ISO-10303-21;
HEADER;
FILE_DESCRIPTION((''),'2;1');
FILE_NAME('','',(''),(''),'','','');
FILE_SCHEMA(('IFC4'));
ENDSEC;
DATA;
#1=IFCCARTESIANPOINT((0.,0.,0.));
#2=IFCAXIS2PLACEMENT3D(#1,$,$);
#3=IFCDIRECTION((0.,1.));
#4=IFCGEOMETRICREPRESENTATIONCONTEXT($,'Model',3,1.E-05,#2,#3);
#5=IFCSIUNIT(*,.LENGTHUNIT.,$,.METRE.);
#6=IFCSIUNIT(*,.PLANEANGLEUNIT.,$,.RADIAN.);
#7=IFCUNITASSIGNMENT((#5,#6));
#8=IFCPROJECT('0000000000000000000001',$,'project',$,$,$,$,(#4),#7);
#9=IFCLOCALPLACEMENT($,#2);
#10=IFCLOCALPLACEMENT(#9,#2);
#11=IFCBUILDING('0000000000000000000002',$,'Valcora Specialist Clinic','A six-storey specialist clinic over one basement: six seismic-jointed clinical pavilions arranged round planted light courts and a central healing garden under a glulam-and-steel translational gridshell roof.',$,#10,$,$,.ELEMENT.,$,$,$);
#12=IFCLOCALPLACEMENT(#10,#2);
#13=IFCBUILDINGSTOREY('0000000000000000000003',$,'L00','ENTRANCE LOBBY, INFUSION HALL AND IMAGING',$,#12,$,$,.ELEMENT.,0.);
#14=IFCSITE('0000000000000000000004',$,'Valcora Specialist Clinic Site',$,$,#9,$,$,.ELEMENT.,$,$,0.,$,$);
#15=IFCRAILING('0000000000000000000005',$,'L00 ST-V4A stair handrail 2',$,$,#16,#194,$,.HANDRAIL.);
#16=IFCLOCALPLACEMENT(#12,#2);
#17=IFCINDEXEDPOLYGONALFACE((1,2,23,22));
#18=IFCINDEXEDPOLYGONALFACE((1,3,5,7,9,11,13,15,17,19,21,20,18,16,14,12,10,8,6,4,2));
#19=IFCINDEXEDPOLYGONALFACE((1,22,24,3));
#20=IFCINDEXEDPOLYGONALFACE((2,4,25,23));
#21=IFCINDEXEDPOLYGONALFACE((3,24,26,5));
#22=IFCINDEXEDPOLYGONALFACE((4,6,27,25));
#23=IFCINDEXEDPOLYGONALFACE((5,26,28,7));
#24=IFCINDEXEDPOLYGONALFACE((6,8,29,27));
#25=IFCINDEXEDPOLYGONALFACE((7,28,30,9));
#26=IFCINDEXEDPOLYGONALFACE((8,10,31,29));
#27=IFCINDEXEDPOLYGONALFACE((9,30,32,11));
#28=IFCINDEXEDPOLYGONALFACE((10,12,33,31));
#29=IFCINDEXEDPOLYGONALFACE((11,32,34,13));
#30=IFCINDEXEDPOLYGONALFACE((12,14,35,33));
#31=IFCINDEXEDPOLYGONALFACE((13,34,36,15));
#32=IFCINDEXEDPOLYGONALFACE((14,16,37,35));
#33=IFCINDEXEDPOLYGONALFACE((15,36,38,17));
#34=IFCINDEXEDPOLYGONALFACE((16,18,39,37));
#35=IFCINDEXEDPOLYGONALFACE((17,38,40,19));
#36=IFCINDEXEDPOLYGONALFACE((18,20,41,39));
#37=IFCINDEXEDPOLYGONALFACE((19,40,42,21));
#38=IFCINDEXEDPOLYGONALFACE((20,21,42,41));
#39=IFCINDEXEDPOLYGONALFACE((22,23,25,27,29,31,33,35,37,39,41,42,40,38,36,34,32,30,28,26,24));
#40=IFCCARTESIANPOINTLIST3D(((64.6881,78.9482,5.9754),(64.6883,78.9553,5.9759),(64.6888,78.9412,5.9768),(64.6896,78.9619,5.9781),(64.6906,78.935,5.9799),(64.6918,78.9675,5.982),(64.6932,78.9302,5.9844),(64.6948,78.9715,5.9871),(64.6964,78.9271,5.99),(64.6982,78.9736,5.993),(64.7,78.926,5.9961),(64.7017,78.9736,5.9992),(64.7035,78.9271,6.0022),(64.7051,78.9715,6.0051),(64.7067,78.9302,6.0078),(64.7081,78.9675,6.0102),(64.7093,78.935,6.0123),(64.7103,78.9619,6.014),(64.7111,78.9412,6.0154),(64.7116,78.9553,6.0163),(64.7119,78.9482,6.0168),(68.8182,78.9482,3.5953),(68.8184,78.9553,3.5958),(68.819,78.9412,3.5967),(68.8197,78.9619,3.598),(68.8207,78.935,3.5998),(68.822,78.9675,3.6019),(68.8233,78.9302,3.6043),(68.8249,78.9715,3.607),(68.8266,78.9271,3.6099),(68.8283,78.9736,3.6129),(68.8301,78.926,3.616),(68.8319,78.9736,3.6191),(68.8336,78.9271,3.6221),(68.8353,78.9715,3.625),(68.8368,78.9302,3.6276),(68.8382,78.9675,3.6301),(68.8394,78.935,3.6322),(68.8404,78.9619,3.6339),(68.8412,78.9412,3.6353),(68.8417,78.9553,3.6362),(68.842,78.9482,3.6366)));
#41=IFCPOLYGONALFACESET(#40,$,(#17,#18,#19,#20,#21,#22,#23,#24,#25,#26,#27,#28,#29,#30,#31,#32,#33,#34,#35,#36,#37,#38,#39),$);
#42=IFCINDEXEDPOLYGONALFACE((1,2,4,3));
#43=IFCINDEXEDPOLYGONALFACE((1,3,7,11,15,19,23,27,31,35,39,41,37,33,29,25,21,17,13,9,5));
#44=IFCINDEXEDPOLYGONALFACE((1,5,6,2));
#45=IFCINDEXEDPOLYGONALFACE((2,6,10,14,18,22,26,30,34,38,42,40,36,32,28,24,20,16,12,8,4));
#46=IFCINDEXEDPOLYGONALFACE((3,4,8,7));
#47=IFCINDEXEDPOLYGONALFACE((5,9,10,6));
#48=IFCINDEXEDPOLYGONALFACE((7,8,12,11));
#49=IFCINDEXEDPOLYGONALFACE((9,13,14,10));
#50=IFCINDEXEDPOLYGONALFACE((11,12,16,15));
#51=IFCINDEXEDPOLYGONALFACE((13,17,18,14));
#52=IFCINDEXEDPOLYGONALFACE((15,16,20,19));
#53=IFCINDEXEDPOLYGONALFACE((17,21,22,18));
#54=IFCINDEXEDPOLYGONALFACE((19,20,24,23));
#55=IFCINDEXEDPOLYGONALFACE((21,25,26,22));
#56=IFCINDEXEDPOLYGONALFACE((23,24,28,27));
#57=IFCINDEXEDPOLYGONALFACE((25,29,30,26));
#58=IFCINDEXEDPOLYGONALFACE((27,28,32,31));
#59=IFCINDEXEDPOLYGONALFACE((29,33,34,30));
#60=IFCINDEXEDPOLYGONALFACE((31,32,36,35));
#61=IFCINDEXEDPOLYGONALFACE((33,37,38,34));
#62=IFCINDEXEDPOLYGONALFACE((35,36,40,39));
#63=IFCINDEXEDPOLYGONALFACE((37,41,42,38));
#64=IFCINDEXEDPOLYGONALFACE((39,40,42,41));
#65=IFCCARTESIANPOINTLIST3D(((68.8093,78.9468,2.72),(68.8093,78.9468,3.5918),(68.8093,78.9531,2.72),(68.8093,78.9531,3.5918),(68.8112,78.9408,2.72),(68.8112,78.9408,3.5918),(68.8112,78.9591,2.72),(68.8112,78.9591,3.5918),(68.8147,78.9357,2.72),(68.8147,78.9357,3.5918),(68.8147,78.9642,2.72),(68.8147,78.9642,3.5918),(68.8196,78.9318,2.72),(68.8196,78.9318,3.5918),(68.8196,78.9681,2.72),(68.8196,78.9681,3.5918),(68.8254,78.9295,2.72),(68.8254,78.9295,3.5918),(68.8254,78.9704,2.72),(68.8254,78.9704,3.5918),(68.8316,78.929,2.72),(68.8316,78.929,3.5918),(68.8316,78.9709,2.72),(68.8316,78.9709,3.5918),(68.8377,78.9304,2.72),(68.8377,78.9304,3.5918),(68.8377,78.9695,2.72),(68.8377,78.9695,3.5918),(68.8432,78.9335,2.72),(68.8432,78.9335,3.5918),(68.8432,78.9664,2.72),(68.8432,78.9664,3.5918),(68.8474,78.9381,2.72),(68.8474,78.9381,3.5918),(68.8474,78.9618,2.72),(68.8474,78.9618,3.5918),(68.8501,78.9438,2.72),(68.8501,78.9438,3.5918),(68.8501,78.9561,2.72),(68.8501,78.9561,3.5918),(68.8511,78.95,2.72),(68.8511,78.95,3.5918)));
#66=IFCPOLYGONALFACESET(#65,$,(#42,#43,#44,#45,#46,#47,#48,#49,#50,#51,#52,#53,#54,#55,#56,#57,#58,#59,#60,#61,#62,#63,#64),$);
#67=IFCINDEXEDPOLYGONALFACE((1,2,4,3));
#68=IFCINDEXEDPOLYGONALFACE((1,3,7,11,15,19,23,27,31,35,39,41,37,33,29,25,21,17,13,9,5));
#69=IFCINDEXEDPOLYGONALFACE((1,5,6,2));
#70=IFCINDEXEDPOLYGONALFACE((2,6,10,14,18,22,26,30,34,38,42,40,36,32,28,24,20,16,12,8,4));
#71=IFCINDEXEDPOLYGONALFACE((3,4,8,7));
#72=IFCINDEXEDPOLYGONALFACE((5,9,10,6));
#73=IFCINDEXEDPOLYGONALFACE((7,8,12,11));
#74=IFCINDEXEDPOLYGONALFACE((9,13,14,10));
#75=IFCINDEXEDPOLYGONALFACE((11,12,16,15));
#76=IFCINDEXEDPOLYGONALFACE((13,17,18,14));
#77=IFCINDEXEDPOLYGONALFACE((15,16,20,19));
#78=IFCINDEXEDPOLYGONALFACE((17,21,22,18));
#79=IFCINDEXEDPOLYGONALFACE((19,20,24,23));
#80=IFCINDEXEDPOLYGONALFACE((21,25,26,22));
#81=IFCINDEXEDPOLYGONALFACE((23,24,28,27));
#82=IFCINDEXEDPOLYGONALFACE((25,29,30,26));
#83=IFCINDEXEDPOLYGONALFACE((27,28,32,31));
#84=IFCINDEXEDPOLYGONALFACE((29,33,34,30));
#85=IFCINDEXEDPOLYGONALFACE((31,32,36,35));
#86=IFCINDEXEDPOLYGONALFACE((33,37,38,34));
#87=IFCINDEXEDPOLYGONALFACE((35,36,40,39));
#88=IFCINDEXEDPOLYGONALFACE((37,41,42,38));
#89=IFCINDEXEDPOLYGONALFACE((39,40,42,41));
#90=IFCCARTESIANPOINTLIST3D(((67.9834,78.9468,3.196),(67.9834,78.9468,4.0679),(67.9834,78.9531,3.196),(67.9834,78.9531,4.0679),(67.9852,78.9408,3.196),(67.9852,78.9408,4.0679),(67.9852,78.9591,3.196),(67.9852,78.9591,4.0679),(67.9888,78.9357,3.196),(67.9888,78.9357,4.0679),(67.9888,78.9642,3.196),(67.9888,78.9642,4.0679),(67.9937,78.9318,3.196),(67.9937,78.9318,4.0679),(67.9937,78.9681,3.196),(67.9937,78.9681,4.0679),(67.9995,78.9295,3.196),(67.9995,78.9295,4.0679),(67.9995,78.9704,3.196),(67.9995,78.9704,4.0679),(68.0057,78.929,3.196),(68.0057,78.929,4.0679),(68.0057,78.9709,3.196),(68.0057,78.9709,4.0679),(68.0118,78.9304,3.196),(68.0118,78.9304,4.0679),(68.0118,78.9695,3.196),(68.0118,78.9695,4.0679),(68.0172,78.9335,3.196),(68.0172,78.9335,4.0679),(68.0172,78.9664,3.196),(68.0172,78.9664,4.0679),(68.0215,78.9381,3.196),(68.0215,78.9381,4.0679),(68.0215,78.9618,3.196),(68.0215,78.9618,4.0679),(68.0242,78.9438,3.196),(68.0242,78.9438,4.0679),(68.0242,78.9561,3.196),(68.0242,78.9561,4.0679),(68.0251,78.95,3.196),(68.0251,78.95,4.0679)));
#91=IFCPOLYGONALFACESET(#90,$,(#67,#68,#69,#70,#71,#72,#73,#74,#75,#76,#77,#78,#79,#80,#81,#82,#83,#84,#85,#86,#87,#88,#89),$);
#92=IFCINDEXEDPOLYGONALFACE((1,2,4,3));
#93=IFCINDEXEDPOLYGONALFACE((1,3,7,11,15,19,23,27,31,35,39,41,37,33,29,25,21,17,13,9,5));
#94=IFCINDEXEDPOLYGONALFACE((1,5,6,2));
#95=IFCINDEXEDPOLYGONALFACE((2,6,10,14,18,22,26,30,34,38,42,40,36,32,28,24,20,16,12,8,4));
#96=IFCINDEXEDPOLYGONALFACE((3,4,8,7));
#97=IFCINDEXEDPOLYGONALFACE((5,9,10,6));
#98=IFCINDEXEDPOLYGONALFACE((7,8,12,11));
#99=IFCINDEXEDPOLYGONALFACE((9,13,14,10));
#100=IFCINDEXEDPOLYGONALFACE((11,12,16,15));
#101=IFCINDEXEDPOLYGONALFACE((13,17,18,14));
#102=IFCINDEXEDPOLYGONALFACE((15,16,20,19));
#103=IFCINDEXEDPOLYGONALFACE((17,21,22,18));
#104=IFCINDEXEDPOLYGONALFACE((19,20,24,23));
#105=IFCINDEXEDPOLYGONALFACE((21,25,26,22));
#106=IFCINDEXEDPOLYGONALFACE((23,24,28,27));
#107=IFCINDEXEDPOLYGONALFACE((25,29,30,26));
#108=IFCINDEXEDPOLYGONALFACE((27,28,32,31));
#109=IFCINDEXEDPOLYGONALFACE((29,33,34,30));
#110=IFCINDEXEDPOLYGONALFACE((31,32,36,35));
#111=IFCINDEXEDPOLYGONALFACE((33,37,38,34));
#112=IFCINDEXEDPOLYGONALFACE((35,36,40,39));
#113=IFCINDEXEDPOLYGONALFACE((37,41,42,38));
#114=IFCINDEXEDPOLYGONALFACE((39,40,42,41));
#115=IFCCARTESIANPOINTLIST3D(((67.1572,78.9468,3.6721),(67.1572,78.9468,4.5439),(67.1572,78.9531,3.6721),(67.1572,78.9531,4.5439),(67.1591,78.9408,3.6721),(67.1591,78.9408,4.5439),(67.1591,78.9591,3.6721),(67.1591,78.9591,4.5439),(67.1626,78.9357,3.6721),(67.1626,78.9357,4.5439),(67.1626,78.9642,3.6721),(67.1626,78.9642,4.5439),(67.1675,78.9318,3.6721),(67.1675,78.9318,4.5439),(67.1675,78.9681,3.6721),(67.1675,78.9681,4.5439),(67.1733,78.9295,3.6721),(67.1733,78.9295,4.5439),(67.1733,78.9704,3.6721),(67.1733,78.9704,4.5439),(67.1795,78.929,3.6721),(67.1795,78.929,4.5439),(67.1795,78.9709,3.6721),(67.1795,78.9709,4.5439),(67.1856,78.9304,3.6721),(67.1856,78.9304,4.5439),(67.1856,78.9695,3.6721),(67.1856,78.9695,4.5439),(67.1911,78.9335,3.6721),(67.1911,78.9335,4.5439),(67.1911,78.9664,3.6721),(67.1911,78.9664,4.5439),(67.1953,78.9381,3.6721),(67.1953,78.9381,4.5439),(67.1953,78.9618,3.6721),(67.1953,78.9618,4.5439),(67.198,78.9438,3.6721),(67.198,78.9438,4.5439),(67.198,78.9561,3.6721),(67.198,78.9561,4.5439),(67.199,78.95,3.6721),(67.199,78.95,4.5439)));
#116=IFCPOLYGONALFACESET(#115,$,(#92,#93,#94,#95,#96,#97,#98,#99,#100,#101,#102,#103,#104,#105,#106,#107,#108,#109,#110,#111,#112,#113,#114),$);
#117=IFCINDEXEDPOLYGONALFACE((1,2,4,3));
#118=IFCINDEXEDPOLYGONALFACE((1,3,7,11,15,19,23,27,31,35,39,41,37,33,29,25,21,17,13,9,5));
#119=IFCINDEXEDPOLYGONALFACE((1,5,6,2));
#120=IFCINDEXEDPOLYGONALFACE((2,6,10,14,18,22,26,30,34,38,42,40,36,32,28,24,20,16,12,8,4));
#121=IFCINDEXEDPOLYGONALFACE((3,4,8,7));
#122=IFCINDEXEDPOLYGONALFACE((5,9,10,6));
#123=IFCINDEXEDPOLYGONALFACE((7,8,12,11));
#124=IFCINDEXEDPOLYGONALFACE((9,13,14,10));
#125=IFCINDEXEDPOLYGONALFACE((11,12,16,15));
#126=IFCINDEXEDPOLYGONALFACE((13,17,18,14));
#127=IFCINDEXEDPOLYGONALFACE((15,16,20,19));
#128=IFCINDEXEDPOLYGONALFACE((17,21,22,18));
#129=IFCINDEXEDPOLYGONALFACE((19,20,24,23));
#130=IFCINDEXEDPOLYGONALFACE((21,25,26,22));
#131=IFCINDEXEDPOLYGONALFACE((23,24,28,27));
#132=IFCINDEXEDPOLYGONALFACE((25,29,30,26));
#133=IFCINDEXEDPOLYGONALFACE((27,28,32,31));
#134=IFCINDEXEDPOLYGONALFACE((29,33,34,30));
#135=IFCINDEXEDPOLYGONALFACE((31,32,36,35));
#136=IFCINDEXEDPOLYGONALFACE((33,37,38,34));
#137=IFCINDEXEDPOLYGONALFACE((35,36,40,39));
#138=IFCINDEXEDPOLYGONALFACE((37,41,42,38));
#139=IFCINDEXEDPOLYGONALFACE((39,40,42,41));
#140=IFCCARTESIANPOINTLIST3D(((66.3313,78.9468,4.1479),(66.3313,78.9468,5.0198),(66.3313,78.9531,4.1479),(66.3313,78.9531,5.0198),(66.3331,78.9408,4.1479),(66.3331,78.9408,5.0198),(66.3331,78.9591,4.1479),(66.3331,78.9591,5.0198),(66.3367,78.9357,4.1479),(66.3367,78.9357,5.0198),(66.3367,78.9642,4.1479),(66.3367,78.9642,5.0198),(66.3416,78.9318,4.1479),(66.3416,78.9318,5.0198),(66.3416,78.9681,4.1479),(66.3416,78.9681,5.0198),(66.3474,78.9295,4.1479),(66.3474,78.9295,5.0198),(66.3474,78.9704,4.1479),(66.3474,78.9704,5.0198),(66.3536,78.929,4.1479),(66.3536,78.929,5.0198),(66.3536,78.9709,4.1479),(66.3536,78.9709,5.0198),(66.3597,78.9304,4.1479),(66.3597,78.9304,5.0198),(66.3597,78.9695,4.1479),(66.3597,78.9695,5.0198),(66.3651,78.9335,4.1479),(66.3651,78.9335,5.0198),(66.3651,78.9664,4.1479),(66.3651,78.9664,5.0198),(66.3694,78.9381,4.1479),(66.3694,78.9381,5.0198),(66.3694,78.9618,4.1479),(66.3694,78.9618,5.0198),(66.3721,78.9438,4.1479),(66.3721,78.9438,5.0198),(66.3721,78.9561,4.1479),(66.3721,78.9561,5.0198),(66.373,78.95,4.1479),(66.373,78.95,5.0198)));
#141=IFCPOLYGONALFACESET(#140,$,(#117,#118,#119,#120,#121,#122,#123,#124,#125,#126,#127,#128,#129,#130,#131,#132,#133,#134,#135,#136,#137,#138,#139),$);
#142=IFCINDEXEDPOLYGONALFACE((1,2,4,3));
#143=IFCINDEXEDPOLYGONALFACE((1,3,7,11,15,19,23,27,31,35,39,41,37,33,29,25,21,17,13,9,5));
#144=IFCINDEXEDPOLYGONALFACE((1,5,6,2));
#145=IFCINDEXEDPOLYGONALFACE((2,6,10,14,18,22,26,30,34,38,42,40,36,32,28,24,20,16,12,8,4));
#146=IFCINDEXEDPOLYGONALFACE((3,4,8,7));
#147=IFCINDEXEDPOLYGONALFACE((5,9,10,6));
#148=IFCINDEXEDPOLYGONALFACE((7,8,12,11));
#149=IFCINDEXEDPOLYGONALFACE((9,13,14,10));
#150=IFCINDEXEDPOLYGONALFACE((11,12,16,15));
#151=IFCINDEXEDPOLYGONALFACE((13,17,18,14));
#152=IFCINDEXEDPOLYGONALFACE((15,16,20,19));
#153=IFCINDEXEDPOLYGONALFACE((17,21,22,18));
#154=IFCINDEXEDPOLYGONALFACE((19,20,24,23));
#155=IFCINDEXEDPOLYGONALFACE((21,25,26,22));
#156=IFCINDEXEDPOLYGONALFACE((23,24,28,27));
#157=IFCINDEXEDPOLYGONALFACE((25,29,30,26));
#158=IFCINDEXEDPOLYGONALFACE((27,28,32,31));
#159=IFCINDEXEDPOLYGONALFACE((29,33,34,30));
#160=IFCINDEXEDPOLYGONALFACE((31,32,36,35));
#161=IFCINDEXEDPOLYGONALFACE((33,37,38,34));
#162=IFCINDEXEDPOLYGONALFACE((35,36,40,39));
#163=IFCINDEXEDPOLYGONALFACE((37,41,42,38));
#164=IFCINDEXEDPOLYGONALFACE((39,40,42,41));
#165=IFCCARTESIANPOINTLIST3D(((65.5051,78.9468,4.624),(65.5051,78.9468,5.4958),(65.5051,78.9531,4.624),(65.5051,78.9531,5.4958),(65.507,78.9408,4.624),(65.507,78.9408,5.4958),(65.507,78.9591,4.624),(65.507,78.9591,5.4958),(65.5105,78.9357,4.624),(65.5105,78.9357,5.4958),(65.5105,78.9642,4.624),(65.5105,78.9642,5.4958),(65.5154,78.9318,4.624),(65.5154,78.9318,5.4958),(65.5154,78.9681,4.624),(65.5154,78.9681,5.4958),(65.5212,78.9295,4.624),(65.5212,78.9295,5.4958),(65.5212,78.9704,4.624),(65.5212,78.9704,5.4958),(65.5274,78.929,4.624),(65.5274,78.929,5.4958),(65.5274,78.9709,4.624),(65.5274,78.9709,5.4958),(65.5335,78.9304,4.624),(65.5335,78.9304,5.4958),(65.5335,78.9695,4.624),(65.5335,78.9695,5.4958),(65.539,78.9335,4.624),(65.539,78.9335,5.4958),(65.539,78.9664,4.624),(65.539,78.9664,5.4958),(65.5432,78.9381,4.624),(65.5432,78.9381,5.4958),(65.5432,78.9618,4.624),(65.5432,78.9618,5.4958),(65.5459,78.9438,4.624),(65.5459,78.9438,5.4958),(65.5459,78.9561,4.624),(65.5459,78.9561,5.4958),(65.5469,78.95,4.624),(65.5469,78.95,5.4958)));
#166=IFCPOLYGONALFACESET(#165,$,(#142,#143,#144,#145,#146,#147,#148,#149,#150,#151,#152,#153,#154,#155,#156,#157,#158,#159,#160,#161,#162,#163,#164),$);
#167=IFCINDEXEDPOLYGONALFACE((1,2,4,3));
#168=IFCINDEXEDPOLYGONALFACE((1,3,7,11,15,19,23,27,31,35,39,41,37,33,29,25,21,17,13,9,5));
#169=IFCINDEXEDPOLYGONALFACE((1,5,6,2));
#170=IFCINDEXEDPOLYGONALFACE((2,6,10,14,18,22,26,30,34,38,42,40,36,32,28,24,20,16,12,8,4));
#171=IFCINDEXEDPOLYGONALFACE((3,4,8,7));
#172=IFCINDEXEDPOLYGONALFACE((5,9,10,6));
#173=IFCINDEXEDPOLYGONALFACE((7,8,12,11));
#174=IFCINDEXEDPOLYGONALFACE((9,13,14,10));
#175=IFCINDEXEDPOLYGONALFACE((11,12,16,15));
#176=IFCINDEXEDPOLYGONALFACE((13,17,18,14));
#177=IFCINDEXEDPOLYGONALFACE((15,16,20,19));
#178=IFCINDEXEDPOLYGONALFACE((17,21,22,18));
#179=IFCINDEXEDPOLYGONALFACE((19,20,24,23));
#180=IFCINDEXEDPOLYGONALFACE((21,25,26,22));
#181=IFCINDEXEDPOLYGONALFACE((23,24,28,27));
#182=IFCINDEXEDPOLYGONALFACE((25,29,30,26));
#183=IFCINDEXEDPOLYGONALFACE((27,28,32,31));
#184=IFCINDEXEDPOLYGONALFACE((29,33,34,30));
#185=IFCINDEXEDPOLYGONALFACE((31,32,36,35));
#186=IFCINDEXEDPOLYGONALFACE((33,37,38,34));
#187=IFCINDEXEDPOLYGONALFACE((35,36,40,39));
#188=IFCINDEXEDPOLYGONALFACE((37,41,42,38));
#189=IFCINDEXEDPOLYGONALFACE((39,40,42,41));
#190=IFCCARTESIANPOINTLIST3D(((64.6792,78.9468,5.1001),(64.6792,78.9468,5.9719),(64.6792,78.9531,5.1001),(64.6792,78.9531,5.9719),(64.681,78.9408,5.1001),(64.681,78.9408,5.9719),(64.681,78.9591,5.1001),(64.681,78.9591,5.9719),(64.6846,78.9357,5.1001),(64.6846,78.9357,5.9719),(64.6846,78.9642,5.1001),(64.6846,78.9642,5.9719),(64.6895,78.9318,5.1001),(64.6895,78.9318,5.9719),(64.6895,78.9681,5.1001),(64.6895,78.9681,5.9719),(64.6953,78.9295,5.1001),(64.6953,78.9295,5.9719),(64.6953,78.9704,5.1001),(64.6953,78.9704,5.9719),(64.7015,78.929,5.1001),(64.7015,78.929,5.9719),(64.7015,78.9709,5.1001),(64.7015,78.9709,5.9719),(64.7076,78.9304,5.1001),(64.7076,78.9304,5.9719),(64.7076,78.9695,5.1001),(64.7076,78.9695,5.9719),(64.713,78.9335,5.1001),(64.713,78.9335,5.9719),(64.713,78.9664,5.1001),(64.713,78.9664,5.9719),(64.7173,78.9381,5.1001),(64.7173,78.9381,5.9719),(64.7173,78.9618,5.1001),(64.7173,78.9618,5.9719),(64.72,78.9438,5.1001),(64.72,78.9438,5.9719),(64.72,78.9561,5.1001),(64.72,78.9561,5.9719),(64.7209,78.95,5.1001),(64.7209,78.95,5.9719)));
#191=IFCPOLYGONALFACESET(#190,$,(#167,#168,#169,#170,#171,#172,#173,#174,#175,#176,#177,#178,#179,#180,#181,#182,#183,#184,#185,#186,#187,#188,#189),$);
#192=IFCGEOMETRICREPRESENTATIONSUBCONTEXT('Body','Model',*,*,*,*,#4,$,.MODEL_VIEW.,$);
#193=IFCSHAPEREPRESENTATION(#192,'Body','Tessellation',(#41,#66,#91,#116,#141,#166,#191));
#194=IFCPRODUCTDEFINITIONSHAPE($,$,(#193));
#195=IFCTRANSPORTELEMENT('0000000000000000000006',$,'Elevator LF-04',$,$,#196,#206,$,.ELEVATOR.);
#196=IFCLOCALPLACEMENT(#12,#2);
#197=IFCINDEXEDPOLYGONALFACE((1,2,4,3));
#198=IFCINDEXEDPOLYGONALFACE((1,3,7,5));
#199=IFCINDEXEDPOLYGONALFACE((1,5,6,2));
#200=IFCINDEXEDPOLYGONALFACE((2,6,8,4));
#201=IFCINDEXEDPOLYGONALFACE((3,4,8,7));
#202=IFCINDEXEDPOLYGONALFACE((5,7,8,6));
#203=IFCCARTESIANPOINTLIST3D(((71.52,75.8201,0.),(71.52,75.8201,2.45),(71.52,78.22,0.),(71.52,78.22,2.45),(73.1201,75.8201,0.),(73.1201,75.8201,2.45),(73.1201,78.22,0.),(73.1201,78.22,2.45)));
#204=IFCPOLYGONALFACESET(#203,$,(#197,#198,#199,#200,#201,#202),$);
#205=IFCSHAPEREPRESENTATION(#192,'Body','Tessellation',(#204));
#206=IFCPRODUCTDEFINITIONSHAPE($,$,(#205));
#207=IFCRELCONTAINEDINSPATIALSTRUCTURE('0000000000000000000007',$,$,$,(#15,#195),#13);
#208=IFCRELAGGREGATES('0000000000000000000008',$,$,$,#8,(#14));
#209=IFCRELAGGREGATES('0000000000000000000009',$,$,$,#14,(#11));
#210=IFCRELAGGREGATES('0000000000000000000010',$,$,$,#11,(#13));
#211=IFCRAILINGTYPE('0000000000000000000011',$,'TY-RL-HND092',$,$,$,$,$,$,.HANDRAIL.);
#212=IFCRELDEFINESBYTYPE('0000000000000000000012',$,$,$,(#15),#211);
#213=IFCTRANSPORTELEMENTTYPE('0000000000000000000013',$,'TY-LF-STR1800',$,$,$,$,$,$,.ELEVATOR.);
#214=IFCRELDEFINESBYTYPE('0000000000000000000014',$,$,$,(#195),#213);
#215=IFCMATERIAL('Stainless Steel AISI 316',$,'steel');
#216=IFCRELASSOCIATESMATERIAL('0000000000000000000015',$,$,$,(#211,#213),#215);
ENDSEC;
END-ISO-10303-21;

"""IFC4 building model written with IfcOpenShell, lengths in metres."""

from ifc_helpers import new_model, si_unit, direction, frame, origin, origin_2d, place, context, subcontext, project, spatial, rectangle, circle, extrude, material, type_object, element, save


model = new_model("IFC4")

# Units and contexts
model_context = context("Model", 3, precision=1e-05, world=origin(), true_north=direction((0.0, 1.0)))
body_context = subcontext(model_context, "Body", "Model", "MODEL_VIEW")
ifc_project = project(units=[si_unit("LENGTHUNIT", "METRE"), si_unit("PLANEANGLEUNIT", "RADIAN")], contexts=[model_context])

# Site, building, storey
site_placement = place(None, origin())
site = spatial("IfcSite", under=ifc_project, at=site_placement, Name="Valcora Specialist Clinic Site", CompositionType="ELEMENT", RefElevation=0.0)
building_placement = place(site_placement, origin())
building = spatial("IfcBuilding", under=site, at=building_placement, Name="Valcora Specialist Clinic", Description="A six-storey specialist clinic over one basement: six seismic-jointed clinical pavilions arranged round planted light courts and a central healing garden under a glulam-and-steel translational gridshell roof.", CompositionType="ELEMENT")
storey_placement = place(building_placement, origin())
storey = spatial("IfcBuildingStorey", under=building, at=storey_placement, Name="L00", Description="ENTRANCE LOBBY, INFUSION HALL AND IMAGING", CompositionType="ELEMENT", Elevation=0.0)

# Shared definitions
ifc_material_1 = material(Name="Stainless Steel AISI 316", Category="steel")

# Railing
railing_type_1 = type_object("IfcRailingType", Name="TY-RL-HND092", PredefinedType="HANDRAIL", material=ifc_material_1)
railing_1_placement = place(storey_placement, frame((68.8301, 78.95, 2.72)))
element("IfcRailing", 1, at=railing_1_placement, inside=storey, type_object=railing_type_1, Name="L00 ST-V4A stair handrail 2", PredefinedType="HANDRAIL", context=body_context, shape_type="SweptSolid", body=[
    extrude(circle(Radius=0.0239, at=origin_2d()), frame((0.0, 0.0, 0.896), z_axis=(-0.866425, 0.0, 0.499307), x_axis=(0.0, -1.0, 0.0)), (0.0, 0.0, 1.0), 4.7668),
    extrude(circle(Radius=0.021, at=origin_2d()), origin(), (0.0, 0.0, 1.0), 0.8718),
    extrude(circle(Radius=0.021, at=origin_2d()), frame((-0.8259, 0.0, 0.4761)), (0.0, 0.0, 1.0), 0.8718),
    extrude(circle(Radius=0.021, at=origin_2d()), frame((-1.6521, 0.0, 0.9521)), (0.0, 0.0, 1.0), 0.8718),
    extrude(circle(Radius=0.021, at=origin_2d()), frame((-2.478, 0.0, 1.428)), (0.0, 0.0, 1.0), 0.8718),
    extrude(circle(Radius=0.021, at=origin_2d()), frame((-3.3042, 0.0, 1.9041)), (0.0, 0.0, 1.0), 0.8718),
    extrude(circle(Radius=0.021, at=origin_2d()), frame((-4.1301, 0.0, 2.3801)), (0.0, 0.0, 1.0), 0.8718),
])

# Transport element
transport_element_type = type_object("IfcTransportElementType", Name="TY-LF-STR1800", PredefinedType="ELEVATOR", material=ifc_material_1)
transport_element_placement = place(storey_placement, frame((72.3201, 77.02, 0.0), z_axis=(0.0, 0.0, 1.0), x_axis=(1.0, 0.0, 0.0)))
element("IfcTransportElement", 2, at=transport_element_placement, inside=storey, type_object=transport_element_type, Name="Elevator LF-04", PredefinedType="ELEVATOR", context=body_context, shape_type="SweptSolid", body=[
    extrude(rectangle(XDim=1.6001, YDim=2.3999, at=origin_2d()), origin(), (0.0, 0.0, 1.0), 2.45),
])

save(model, "model.ifc")
